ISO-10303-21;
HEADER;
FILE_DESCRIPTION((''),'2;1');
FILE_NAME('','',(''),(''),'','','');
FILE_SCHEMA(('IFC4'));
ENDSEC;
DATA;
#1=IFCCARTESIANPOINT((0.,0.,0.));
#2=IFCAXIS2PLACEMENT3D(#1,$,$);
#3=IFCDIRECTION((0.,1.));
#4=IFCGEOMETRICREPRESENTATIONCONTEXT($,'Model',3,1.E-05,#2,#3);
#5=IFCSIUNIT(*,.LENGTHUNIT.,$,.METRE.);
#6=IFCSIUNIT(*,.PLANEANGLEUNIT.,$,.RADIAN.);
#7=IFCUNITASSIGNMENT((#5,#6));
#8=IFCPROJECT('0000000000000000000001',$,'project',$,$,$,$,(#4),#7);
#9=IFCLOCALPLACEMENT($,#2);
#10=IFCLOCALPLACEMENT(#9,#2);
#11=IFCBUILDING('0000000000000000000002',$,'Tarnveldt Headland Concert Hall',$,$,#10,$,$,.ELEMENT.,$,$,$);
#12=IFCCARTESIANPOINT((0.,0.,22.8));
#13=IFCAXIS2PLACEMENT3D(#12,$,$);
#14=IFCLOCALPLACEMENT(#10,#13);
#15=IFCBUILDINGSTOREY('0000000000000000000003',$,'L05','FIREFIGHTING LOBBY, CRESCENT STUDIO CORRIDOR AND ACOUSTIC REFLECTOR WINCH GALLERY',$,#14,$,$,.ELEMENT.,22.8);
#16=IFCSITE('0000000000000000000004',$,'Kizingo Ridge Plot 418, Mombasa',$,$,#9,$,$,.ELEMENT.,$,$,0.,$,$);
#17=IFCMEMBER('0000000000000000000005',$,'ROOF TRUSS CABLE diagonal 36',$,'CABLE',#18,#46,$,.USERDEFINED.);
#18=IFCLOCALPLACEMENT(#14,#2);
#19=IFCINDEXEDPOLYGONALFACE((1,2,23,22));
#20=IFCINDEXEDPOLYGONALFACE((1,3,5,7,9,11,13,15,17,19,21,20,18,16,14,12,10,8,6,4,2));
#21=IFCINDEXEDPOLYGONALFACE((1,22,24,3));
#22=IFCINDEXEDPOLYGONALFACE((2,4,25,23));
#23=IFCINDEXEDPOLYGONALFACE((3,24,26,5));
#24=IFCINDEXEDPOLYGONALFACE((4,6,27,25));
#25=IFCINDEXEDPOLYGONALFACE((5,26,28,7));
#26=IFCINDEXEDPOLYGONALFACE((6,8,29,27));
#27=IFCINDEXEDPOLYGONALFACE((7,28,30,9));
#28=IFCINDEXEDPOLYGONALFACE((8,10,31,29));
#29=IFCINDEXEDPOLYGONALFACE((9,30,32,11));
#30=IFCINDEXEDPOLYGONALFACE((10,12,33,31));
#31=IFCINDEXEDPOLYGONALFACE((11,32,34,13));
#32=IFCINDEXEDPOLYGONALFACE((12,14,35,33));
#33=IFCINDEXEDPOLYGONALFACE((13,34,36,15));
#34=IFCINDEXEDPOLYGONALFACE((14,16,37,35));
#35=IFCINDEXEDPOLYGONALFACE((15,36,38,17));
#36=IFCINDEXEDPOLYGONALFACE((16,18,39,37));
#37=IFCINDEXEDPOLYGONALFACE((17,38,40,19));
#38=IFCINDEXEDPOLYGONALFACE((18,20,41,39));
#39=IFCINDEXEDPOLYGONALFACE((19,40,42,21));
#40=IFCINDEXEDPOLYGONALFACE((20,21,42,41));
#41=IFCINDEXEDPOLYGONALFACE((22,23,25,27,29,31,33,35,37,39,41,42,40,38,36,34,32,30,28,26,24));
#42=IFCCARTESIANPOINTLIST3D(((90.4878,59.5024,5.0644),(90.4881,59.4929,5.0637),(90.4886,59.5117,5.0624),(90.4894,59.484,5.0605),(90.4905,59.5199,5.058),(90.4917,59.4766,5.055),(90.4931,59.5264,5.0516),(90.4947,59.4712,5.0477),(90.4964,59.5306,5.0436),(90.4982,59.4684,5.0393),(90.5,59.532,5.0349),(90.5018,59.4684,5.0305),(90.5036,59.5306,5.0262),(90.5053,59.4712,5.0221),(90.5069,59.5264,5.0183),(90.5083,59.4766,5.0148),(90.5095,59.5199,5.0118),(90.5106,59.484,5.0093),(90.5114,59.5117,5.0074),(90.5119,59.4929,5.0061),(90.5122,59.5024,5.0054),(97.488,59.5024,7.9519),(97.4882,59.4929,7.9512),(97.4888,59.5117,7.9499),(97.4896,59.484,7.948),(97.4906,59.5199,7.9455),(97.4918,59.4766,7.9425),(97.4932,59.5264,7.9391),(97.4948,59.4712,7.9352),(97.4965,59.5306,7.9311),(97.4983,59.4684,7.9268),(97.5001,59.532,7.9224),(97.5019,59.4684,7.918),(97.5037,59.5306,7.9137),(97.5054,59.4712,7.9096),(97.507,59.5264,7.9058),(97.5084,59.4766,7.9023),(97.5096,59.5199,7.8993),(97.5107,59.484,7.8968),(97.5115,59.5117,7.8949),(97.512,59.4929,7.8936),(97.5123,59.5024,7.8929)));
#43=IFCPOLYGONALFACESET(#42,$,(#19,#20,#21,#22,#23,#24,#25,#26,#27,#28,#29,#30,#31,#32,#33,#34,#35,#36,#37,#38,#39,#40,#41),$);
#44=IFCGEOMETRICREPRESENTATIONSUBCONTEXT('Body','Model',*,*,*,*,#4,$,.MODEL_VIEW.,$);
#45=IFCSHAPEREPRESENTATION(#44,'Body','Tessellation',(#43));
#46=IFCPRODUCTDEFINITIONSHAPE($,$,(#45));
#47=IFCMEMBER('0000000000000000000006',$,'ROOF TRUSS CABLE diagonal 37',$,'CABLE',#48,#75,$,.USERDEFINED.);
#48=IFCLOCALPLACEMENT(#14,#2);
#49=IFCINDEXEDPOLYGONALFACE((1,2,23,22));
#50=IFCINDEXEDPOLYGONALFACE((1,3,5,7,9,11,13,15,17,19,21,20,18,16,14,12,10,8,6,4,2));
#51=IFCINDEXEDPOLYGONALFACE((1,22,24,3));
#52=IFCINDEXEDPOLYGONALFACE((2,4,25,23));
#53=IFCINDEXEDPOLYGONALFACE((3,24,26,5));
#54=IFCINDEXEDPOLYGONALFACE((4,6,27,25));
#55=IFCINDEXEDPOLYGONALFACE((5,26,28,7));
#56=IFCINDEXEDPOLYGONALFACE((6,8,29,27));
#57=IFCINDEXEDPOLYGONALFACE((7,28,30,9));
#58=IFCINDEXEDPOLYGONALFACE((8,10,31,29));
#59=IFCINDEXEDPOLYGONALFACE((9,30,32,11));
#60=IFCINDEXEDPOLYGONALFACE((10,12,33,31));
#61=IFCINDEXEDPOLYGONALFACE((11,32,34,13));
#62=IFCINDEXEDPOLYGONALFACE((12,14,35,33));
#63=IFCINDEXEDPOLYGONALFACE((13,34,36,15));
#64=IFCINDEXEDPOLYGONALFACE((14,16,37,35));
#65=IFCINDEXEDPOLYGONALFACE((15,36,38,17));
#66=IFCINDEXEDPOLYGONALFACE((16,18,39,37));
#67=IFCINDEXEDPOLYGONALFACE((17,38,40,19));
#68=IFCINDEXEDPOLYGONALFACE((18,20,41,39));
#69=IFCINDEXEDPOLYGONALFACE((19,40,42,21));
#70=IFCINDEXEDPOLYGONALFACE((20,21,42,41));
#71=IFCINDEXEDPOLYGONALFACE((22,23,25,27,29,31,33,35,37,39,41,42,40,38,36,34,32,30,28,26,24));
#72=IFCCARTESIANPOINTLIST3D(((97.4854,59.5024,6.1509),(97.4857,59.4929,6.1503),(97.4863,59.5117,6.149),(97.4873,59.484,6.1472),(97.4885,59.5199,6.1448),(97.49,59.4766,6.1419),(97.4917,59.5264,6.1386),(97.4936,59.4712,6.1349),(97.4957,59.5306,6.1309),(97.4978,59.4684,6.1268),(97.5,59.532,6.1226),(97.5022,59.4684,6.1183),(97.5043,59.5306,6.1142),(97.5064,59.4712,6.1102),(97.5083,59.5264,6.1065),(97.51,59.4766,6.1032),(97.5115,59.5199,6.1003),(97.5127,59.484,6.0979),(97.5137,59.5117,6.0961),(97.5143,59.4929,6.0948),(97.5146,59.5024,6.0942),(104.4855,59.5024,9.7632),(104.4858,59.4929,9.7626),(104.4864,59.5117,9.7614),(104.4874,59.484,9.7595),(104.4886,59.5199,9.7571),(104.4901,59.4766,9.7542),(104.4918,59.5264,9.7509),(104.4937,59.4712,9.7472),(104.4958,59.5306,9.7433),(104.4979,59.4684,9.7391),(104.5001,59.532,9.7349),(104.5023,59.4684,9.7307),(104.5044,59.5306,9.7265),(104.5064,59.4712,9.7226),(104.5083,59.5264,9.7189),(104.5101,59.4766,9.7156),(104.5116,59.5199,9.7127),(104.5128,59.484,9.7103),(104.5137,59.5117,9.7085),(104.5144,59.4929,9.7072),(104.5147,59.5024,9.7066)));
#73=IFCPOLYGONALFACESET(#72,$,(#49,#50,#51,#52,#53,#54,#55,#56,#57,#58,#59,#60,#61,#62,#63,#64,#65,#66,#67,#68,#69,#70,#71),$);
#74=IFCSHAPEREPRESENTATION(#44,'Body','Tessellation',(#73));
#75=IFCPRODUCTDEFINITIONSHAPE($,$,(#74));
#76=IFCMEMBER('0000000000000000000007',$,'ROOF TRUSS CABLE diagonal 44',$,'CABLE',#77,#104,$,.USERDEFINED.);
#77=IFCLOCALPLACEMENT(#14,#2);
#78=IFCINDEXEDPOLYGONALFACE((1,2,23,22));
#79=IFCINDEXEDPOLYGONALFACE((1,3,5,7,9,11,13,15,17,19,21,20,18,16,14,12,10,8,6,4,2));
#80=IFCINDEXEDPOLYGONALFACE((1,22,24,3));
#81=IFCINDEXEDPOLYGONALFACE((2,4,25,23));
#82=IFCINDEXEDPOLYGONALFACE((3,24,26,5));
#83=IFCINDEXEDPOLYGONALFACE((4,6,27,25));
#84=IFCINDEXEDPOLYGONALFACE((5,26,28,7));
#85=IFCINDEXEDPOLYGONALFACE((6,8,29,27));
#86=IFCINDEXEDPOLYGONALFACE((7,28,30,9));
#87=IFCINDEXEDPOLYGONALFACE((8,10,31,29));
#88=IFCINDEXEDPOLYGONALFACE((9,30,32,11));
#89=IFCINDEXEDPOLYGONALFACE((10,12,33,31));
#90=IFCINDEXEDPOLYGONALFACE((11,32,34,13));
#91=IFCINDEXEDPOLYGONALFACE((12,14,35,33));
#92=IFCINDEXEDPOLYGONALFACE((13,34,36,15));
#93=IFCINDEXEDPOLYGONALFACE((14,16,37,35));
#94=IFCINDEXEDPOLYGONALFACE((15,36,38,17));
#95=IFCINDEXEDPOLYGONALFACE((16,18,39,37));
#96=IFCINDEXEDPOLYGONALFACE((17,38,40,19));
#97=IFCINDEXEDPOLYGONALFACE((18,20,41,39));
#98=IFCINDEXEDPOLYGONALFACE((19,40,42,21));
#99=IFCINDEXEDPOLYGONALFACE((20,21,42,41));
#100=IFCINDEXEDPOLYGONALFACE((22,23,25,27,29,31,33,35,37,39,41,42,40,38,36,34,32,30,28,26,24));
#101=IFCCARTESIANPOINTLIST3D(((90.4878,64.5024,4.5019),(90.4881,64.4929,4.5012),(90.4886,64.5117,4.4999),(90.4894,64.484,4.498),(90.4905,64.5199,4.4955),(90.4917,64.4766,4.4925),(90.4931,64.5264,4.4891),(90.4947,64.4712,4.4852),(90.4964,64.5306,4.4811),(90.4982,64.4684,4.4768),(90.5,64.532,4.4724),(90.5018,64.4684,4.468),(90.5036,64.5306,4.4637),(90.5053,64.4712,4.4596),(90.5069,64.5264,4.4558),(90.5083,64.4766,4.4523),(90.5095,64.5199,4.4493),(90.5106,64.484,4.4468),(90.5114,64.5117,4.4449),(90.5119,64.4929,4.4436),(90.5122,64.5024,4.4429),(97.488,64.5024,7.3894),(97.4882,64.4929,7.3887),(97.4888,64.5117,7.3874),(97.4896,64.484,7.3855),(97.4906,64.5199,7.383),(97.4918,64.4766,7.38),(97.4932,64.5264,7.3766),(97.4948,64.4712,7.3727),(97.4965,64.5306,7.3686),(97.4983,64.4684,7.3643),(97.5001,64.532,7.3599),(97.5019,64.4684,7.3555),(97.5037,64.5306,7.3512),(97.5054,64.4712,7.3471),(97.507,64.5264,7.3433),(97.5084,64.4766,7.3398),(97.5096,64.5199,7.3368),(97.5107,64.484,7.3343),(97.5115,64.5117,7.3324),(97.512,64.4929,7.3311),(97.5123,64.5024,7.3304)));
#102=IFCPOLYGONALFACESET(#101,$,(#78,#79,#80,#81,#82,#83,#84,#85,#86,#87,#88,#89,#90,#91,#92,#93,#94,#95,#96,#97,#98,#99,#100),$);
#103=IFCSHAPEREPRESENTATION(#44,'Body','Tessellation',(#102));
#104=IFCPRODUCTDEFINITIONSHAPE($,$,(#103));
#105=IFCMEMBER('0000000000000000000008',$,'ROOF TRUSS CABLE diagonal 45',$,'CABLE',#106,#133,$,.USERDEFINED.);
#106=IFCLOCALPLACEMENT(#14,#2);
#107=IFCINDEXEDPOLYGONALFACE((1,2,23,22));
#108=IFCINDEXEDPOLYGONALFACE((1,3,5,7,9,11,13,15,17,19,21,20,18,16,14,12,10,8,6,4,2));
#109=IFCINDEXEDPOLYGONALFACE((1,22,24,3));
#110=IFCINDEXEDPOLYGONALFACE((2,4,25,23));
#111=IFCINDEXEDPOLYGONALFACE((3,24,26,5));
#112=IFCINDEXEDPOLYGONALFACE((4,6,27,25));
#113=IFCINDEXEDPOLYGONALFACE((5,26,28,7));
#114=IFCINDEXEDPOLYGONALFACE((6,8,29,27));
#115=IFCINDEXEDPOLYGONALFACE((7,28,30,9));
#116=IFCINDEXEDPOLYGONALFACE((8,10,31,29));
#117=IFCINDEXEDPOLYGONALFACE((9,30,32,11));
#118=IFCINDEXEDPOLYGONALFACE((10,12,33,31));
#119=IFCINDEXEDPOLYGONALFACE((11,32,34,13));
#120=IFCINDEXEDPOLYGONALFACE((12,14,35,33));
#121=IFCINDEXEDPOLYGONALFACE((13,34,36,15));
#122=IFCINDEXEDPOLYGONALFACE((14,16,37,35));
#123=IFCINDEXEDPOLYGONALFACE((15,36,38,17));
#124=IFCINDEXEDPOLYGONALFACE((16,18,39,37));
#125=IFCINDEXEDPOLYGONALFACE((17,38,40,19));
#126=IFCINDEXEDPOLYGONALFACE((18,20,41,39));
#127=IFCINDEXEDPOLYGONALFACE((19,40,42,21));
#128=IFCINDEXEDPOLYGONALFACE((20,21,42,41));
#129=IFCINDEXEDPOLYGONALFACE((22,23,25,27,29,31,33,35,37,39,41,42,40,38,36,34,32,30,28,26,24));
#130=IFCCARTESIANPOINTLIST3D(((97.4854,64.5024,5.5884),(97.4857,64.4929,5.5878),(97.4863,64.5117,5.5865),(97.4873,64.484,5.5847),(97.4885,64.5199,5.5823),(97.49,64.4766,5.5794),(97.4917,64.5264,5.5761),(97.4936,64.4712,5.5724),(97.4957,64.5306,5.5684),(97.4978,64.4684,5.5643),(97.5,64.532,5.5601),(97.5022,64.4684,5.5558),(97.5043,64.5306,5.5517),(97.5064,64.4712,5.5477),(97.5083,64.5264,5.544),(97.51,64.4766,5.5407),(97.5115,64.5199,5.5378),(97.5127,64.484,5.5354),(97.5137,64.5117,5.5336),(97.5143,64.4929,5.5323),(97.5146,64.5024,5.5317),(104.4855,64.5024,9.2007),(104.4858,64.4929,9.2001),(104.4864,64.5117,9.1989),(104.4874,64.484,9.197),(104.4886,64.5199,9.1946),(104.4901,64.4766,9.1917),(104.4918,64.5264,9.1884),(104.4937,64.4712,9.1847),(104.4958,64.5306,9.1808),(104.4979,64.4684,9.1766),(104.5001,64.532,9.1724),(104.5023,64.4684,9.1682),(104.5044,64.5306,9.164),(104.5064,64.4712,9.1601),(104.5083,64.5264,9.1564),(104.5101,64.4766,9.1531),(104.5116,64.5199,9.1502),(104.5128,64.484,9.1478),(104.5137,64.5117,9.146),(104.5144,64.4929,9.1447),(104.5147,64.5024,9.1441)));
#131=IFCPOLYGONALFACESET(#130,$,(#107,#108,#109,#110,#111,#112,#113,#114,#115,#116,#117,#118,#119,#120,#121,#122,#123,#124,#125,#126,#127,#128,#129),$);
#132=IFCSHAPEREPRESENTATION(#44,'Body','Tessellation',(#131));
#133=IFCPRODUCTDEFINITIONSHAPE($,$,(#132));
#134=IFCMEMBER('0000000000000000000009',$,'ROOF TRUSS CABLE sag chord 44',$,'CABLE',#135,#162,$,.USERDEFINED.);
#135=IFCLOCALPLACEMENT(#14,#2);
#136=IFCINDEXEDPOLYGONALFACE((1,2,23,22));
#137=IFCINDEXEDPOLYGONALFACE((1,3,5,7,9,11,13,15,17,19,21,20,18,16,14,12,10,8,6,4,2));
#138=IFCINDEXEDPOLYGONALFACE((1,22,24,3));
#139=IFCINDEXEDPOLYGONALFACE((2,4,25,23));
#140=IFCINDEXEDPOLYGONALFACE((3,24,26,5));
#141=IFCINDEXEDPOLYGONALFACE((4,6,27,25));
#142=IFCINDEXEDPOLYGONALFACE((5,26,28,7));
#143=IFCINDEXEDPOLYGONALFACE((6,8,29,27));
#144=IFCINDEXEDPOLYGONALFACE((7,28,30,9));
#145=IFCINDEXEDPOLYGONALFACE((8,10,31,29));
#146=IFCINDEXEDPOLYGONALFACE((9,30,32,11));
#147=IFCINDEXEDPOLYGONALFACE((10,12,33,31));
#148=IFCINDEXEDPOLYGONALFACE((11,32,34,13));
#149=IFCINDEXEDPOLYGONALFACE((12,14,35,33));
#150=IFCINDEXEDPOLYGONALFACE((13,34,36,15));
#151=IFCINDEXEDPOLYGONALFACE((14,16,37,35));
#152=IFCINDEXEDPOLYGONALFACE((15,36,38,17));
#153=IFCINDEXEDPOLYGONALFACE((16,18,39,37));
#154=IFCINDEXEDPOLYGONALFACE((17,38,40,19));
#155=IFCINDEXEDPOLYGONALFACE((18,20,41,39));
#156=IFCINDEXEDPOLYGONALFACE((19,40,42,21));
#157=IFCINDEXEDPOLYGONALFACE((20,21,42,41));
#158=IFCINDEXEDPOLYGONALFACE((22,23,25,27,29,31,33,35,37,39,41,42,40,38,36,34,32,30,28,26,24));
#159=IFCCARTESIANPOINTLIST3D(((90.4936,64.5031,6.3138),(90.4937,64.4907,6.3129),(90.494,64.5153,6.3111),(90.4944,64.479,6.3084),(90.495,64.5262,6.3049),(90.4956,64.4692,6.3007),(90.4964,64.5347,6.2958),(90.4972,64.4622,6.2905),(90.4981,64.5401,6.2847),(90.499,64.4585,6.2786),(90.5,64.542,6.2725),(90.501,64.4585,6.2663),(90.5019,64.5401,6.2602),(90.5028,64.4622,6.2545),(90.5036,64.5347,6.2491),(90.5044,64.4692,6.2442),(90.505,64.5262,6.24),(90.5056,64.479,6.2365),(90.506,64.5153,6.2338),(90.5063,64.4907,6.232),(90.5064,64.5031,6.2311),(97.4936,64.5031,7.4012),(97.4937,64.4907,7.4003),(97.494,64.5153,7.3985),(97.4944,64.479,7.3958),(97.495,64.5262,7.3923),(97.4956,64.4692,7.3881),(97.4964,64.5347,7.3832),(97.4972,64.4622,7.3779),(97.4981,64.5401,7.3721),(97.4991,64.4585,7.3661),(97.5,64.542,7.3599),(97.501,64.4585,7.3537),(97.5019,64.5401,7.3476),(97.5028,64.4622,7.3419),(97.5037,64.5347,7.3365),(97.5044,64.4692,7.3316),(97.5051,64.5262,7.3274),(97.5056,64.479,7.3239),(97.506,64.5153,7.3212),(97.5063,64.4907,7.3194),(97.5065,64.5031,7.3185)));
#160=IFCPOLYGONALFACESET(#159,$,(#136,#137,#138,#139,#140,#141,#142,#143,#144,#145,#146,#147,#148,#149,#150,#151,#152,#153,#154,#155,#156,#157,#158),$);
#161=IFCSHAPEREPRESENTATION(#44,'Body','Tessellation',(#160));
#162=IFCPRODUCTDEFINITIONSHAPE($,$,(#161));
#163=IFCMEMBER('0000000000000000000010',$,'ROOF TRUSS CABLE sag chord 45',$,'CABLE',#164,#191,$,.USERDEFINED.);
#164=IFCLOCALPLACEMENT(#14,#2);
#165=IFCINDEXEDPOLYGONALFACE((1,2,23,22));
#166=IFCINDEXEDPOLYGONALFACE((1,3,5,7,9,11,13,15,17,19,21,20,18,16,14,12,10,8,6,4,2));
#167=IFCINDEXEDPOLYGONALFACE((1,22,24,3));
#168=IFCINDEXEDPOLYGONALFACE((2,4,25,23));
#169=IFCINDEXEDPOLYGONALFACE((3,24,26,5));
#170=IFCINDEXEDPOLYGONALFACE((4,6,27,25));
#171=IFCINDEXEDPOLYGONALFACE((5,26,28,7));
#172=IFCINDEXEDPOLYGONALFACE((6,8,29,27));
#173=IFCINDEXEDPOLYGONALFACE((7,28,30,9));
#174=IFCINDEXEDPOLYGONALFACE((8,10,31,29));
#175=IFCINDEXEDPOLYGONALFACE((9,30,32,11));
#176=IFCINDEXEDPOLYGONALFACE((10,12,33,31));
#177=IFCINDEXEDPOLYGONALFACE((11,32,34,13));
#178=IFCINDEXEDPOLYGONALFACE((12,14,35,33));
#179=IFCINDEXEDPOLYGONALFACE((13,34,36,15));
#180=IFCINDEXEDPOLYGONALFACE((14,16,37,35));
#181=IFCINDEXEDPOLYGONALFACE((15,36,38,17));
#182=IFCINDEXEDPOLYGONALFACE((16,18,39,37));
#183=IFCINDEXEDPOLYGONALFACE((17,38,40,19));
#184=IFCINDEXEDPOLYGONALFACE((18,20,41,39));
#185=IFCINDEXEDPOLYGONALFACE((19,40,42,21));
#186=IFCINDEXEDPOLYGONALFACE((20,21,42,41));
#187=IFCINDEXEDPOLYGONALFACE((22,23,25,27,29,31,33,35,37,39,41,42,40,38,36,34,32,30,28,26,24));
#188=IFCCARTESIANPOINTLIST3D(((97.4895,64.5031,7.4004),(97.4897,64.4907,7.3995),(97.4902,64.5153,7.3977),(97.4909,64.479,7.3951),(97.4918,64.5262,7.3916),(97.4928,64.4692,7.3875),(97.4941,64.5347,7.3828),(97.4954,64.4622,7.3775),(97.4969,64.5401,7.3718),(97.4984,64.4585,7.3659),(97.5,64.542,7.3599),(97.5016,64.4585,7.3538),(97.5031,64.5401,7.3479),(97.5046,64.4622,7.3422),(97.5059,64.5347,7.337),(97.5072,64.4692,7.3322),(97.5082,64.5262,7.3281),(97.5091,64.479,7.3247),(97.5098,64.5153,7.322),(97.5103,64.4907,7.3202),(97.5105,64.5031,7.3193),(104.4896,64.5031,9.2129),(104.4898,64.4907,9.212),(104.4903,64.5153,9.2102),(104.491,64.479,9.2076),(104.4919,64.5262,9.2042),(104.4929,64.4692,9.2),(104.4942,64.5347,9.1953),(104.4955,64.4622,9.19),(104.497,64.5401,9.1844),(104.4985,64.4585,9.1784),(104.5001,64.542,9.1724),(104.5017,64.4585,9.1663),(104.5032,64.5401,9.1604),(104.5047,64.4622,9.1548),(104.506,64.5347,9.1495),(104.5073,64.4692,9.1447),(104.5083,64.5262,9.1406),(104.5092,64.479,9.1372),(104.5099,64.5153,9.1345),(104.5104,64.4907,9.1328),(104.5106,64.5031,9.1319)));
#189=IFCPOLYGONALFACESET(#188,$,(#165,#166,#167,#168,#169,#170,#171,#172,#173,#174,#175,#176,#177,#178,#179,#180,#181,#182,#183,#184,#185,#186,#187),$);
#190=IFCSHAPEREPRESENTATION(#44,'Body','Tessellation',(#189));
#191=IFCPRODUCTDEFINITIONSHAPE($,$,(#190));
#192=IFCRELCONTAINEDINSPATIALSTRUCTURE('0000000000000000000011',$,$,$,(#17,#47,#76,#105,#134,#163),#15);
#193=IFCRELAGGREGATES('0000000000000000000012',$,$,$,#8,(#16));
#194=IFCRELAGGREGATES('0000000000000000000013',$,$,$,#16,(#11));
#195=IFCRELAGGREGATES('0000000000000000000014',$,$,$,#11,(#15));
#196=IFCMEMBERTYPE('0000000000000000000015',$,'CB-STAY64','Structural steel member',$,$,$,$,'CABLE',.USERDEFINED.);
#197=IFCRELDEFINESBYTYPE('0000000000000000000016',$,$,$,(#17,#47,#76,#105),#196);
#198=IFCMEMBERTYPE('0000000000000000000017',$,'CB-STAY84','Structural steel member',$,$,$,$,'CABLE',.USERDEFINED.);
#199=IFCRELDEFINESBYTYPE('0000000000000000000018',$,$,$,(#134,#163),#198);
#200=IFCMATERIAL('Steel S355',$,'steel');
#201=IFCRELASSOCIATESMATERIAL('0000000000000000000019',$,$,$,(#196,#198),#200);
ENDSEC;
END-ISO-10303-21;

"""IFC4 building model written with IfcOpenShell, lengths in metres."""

from ifc_helpers import new_model, si_unit, direction, frame, origin, origin_2d, place, context, subcontext, project, spatial, circle, extrude, material, material_profile, profile_set, type_object, element, save


model = new_model("IFC4")

# Units and contexts
model_context = context("Model", 3, precision=1e-05, world=origin(), true_north=direction((0.0, 1.0)))
body_context = subcontext(model_context, "Body", "Model", "MODEL_VIEW")
ifc_project = project(units=[si_unit("LENGTHUNIT", "METRE"), si_unit("PLANEANGLEUNIT", "RADIAN")], contexts=[model_context])

# Site, building, storey
site_placement = place(None, origin())
site = spatial("IfcSite", under=ifc_project, at=site_placement, Name="Kizingo Ridge Plot 418, Mombasa", CompositionType="ELEMENT", RefElevation=0.0)
building_placement = place(site_placement, origin())
building = spatial("IfcBuilding", under=site, at=building_placement, Name="Tarnveldt Headland Concert Hall", CompositionType="ELEMENT")
storey_placement = place(building_placement, frame((0.0, 0.0, 22.8)))
storey = spatial("IfcBuildingStorey", under=building, at=storey_placement, Name="L05", Description="FIREFIGHTING LOBBY, CRESCENT STUDIO CORRIDOR AND ACOUSTIC REFLECTOR WINCH GALLERY", CompositionType="ELEMENT", Elevation=22.8)

# Members
ifc_material_1 = material(Name="Steel S355", Category="steel")
ifc_material_profile_1 = material_profile(ifc_material_1, circle(Radius=0.032, at=origin_2d()), Name="LC D64", Category="steel")
ifc_profile_set_1 = profile_set([ifc_material_profile_1], Name="Steel S355")
member_type_1 = type_object("IfcMemberType", Name="CB-STAY64", Description="Structural steel member", ElementType="CABLE", PredefinedType="USERDEFINED", material=ifc_profile_set_1)
member_1_placement = place(storey_placement, frame((90.5, 59.5, 5.0349), z_axis=(0.924441, 0.0, 0.381325), x_axis=(0.0, 1.0, 0.0)))
element("IfcMember", 1, at=member_1_placement, inside=storey, type_object=member_type_1, Name="ROOF TRUSS CABLE diagonal 36", ObjectType="CABLE", PredefinedType="USERDEFINED", context=body_context, shape_type="SweptSolid", body=[
    extrude(circle(Radius=0.032, at=origin_2d()), origin(), (0.0, 0.0, 1.0), 7.5723),
])
member_2_placement = place(storey_placement, frame((97.5, 59.5, 6.1226), z_axis=(0.888652, 0.0, 0.458583), x_axis=(0.0, 1.0, 0.0)))
element("IfcMember", 2, at=member_2_placement, inside=storey, type_object=member_type_1, Name="ROOF TRUSS CABLE diagonal 37", ObjectType="CABLE", PredefinedType="USERDEFINED", context=body_context, shape_type="SweptSolid", body=[
    extrude(circle(Radius=0.032, at=origin_2d()), origin(), (0.0, 0.0, 1.0), 7.8772),
])
member_3_placement = place(storey_placement, frame((90.5, 64.5, 4.4724), z_axis=(0.924441, 0.0, 0.381325), x_axis=(0.0, 1.0, 0.0)))
element("IfcMember", 3, at=member_3_placement, inside=storey, type_object=member_type_1, Name="ROOF TRUSS CABLE diagonal 44", ObjectType="CABLE", PredefinedType="USERDEFINED", context=body_context, shape_type="SweptSolid", body=[
    extrude(circle(Radius=0.032, at=origin_2d()), origin(), (0.0, 0.0, 1.0), 7.5723),
])
member_4_placement = place(storey_placement, frame((97.5, 64.5, 5.5601), z_axis=(0.888652, 0.0, 0.458583), x_axis=(0.0, 1.0, 0.0)))
element("IfcMember", 4, at=member_4_placement, inside=storey, type_object=member_type_1, Name="ROOF TRUSS CABLE diagonal 45", ObjectType="CABLE", PredefinedType="USERDEFINED", context=body_context, shape_type="SweptSolid", body=[
    extrude(circle(Radius=0.032, at=origin_2d()), origin(), (0.0, 0.0, 1.0), 7.8772),
])
ifc_material_profile_2 = material_profile(ifc_material_1, circle(Radius=0.042, at=origin_2d()), Name="LC D84", Category="steel")
ifc_profile_set_2 = profile_set([ifc_material_profile_2], Name="Steel S355")
member_type_2 = type_object("IfcMemberType", Name="CB-STAY84", Description="Structural steel member", ElementType="CABLE", PredefinedType="USERDEFINED", material=ifc_profile_set_2)
member_5_placement = place(storey_placement, frame((90.5, 64.5, 6.2725), z_axis=(0.988148, 0.0, 0.153502), x_axis=(0.0, 1.0, 0.0)))
element("IfcMember", 5, at=member_5_placement, inside=storey, type_object=member_type_2, Name="ROOF TRUSS CABLE sag chord 44", ObjectType="CABLE", PredefinedType="USERDEFINED", context=body_context, shape_type="SweptSolid", body=[
    extrude(circle(Radius=0.042, at=origin_2d()), origin(), (0.0, 0.0, 1.0), 7.084),
])
member_6_placement = place(storey_placement, frame((97.5, 64.5, 7.3599), z_axis=(0.968075, 0.0, 0.250662), x_axis=(0.0, 1.0, 0.0)))
element("IfcMember", 6, at=member_6_placement, inside=storey, type_object=member_type_2, Name="ROOF TRUSS CABLE sag chord 45", ObjectType="CABLE", PredefinedType="USERDEFINED", context=body_context, shape_type="SweptSolid", body=[
    extrude(circle(Radius=0.042, at=origin_2d()), origin(), (0.0, 0.0, 1.0), 7.231),
])

save(model, "model.ifc")
